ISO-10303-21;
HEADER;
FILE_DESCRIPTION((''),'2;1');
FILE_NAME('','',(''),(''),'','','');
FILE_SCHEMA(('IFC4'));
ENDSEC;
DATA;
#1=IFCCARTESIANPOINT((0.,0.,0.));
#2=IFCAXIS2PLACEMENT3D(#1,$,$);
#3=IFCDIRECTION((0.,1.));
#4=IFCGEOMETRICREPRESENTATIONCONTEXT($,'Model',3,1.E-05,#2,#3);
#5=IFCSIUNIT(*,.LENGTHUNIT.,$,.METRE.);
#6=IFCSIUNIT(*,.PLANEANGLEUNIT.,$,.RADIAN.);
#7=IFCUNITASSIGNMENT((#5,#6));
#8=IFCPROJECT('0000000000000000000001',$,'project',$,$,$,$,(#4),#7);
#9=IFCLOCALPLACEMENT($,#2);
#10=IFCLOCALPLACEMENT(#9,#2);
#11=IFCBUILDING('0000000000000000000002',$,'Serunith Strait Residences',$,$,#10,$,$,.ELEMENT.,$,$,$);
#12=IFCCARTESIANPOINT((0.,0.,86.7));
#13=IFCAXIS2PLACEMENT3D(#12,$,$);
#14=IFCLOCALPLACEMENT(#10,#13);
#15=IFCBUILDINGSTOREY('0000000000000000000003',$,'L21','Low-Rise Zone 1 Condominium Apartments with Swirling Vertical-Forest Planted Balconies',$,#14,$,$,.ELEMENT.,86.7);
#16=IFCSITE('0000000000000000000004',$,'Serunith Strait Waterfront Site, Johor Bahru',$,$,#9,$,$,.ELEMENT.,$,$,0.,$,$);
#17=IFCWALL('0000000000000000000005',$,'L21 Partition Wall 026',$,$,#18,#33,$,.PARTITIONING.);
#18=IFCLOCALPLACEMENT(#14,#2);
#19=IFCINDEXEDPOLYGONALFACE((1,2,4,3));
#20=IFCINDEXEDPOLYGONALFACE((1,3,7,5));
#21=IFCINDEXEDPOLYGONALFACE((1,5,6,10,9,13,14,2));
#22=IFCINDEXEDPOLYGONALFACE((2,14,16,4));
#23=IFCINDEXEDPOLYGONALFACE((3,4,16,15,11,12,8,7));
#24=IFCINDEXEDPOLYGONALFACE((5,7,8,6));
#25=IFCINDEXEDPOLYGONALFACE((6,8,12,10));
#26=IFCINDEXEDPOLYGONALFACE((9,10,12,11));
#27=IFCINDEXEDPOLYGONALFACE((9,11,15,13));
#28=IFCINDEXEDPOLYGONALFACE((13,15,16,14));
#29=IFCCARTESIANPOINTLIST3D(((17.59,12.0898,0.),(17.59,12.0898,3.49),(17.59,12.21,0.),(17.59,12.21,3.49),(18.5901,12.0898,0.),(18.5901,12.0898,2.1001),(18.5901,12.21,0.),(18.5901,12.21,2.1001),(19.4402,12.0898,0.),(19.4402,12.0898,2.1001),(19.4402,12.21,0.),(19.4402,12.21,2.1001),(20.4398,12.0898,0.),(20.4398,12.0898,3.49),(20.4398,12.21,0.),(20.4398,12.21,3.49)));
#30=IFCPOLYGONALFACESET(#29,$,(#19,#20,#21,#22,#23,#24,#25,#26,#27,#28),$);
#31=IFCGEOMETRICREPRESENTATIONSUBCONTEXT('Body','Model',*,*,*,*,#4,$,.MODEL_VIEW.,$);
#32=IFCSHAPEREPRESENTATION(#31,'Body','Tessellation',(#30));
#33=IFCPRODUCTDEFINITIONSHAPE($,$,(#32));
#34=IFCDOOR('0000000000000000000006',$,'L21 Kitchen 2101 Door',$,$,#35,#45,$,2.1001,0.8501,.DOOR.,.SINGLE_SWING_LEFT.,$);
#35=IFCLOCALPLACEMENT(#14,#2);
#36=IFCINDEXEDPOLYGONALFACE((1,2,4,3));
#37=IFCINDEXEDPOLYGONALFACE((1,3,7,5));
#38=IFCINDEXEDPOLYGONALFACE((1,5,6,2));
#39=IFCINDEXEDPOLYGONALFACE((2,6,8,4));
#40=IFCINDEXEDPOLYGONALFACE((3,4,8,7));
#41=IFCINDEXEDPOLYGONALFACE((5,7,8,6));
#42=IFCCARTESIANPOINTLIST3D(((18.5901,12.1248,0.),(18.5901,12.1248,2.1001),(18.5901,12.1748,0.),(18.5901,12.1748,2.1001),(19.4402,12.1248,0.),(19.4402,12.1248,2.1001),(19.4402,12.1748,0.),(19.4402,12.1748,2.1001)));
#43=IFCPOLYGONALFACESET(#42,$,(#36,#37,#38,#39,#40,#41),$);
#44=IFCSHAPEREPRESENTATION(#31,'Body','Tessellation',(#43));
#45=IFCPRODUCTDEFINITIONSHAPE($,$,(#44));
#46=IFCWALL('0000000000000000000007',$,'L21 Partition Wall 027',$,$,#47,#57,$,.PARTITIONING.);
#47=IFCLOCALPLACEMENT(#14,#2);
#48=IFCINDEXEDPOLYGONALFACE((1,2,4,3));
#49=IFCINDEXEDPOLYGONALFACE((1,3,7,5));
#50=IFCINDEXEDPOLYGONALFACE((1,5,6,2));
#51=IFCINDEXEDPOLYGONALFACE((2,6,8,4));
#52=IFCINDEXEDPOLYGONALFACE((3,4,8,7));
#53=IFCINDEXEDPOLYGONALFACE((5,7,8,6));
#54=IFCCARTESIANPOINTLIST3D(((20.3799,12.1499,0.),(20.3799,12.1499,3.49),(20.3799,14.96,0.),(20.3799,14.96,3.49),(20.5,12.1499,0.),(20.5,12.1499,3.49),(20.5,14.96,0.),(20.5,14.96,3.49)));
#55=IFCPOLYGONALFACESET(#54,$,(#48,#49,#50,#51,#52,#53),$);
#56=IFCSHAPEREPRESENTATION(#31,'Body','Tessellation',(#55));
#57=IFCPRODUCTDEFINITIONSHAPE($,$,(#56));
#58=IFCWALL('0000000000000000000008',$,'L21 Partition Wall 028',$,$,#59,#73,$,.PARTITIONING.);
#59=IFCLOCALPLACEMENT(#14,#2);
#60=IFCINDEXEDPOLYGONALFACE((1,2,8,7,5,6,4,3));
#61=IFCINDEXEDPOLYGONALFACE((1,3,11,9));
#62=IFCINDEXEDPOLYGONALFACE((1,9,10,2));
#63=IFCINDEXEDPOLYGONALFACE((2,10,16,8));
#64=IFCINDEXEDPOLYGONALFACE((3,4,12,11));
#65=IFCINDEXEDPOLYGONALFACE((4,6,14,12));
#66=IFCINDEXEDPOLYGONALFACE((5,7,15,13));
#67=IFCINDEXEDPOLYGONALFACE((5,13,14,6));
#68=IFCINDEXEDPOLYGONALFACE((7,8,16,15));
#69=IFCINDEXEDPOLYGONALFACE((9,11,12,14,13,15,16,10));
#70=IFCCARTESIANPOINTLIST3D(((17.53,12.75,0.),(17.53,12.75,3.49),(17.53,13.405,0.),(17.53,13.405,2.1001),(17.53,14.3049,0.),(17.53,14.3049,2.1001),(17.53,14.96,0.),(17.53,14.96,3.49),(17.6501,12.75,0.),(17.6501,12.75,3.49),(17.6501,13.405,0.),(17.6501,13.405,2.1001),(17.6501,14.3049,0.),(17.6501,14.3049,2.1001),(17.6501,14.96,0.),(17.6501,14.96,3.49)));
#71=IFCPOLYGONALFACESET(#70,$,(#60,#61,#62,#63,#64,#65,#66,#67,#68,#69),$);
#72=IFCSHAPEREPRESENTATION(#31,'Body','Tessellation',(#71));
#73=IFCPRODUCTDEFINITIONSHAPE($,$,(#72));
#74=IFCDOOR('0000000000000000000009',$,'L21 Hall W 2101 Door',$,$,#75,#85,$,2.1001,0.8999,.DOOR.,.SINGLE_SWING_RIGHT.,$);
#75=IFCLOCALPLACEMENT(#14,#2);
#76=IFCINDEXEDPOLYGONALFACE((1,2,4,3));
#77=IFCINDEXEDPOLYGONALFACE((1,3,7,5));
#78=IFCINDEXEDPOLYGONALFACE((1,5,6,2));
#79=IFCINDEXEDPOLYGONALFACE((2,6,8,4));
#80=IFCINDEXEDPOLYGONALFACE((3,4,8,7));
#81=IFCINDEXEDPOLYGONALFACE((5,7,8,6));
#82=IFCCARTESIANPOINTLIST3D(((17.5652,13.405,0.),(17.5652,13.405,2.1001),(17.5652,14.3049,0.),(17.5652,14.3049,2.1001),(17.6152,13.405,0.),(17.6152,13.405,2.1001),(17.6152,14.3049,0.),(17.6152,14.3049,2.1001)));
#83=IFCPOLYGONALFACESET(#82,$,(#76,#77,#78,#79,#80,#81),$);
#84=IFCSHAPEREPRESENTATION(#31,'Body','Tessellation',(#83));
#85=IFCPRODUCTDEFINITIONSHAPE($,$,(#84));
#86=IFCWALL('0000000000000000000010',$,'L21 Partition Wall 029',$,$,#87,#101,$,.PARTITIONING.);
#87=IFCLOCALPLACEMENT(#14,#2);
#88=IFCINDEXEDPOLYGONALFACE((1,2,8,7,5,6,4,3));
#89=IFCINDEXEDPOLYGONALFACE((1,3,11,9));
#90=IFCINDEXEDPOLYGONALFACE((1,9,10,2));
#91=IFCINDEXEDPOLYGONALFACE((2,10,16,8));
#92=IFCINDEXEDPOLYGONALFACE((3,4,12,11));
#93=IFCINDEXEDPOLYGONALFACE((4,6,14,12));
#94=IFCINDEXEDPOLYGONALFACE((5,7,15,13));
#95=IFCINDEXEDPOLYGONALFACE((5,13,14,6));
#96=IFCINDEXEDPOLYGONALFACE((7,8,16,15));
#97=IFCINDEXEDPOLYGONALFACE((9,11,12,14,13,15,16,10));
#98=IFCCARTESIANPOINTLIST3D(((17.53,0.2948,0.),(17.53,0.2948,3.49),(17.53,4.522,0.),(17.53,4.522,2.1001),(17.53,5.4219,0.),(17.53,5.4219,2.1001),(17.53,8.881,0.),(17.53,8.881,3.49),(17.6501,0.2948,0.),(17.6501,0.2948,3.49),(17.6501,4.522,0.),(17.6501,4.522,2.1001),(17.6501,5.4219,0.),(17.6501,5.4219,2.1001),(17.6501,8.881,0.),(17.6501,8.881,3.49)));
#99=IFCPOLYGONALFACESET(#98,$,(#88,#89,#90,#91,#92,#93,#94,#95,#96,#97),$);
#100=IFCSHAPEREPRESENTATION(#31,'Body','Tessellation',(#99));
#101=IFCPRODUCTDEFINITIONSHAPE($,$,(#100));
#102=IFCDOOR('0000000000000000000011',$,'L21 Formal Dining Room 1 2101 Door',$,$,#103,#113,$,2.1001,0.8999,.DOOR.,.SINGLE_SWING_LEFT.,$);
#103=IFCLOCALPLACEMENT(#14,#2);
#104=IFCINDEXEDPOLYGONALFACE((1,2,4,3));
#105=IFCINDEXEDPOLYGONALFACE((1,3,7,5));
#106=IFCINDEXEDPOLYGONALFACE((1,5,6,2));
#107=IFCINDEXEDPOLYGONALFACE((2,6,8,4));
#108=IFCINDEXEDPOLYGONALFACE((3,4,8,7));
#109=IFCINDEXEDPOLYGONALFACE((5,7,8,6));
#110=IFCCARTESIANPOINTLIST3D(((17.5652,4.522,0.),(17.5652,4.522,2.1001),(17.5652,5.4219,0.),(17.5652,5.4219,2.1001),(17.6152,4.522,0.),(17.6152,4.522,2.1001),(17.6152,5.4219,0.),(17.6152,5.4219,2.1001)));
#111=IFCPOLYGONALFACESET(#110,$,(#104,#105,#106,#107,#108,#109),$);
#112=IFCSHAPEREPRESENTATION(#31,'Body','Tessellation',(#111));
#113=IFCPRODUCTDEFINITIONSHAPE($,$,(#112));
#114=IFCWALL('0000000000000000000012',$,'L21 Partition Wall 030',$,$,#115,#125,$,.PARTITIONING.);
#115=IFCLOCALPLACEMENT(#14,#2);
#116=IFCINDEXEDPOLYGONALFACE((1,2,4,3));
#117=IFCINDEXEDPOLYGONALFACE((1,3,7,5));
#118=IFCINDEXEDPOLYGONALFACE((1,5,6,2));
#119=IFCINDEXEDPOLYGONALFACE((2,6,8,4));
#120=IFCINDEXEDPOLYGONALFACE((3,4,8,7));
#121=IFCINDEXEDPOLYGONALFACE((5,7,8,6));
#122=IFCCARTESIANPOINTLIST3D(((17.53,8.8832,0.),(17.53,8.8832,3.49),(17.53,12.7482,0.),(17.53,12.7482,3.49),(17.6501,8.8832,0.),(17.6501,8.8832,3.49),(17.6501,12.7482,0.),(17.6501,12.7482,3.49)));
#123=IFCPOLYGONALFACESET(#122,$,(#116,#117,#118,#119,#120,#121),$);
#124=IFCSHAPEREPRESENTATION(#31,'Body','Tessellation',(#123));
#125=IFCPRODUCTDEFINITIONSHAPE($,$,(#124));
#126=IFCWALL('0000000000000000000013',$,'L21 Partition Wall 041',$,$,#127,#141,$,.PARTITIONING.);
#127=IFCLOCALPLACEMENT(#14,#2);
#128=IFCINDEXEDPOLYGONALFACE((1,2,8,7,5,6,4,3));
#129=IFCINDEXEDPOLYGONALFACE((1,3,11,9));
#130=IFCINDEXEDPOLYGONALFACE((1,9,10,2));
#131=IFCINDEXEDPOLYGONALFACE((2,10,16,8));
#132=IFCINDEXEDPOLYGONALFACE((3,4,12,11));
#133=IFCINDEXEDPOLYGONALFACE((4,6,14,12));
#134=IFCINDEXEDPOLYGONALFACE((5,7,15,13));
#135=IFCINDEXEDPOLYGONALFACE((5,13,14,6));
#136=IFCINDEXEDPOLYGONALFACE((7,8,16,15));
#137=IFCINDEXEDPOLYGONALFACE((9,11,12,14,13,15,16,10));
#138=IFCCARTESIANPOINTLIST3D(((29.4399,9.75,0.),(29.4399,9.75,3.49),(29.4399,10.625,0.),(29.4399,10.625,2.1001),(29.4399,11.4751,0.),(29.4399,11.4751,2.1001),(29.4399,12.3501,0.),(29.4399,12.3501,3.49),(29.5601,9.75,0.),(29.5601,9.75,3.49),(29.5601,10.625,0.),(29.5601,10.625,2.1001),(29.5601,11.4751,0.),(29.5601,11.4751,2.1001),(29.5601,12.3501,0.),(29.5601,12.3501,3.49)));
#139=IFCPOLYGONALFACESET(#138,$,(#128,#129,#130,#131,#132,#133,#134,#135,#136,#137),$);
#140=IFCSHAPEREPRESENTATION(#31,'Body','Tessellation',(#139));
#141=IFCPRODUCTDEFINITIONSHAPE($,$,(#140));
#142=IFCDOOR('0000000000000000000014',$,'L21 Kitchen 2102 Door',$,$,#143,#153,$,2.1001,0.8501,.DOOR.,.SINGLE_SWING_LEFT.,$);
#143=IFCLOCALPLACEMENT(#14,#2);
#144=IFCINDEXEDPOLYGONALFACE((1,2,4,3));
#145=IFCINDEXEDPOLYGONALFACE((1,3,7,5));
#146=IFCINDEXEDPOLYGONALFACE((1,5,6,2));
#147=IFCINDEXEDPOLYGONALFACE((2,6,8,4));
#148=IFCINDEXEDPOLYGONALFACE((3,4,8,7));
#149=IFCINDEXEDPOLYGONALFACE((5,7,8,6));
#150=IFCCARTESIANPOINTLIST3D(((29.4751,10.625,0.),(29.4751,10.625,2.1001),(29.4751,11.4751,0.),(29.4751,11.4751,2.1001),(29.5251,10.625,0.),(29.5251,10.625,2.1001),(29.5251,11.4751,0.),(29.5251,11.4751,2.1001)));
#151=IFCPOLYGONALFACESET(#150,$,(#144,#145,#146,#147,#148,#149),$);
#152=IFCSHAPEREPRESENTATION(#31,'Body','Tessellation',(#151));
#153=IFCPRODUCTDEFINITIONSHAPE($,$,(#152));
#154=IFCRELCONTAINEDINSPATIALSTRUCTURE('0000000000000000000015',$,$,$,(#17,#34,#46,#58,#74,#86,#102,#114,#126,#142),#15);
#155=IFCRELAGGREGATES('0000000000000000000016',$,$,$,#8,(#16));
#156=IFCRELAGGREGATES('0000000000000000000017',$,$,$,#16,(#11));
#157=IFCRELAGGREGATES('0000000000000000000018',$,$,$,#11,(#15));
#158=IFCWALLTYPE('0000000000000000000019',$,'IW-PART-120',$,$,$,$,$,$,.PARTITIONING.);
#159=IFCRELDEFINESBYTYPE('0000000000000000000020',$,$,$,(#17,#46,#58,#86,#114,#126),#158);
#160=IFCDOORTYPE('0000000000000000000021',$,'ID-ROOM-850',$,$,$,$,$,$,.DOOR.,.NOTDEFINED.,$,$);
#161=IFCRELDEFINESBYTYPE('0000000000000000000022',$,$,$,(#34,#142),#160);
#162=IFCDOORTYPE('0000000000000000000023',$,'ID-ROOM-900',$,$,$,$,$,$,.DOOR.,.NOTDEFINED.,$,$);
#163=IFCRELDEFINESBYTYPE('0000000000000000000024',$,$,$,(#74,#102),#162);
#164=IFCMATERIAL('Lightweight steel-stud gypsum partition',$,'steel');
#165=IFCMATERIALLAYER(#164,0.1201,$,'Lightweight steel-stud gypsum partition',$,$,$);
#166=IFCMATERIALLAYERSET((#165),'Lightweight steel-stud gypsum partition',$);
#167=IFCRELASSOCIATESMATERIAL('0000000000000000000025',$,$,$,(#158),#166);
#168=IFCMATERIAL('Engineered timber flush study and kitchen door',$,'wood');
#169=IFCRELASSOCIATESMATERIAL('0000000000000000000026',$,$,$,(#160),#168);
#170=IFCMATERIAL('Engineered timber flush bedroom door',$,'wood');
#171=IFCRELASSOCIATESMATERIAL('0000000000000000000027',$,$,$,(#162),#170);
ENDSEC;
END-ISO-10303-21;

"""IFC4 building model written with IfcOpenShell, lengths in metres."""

from ifc_helpers import new_model, si_unit, direction, frame, frame_2d, origin, place, context, subcontext, project, spatial, rectangle, extrude, source, transform, mapped, material, layer, layer_set, type_object, element, fill, save


model = new_model("IFC4")

# Units and contexts
model_context = context("Model", 3, precision=1e-05, world=origin(), true_north=direction((0.0, 1.0)))
body_context = subcontext(model_context, "Body", "Model", "MODEL_VIEW")
ifc_project = project(units=[si_unit("LENGTHUNIT", "METRE"), si_unit("PLANEANGLEUNIT", "RADIAN")], contexts=[model_context])

# Site, building, storey
site_placement = place(None, origin())
site = spatial("IfcSite", under=ifc_project, at=site_placement, Name="Serunith Strait Waterfront Site, Johor Bahru", CompositionType="ELEMENT", RefElevation=0.0)
building_placement = place(site_placement, origin())
building = spatial("IfcBuilding", under=site, at=building_placement, Name="Serunith Strait Residences", CompositionType="ELEMENT")
storey_placement = place(building_placement, frame((0.0, 0.0, 86.7)))
storey = spatial("IfcBuildingStorey", under=building, at=storey_placement, Name="L21", Description="Low-Rise Zone 1 Condominium Apartments with Swirling Vertical-Forest Planted Balconies", CompositionType="ELEMENT", Elevation=86.7)

# Wall, opening, door
ifc_material_1 = material(Name="Lightweight steel-stud gypsum partition", Category="steel")
ifc_layer_1 = layer(ifc_material_1, 0.1201, Name="Lightweight steel-stud gypsum partition")
ifc_layer_set_1 = layer_set([ifc_layer_1], Name="Lightweight steel-stud gypsum partition")
wall_type_1 = type_object("IfcWallType", Name="IW-PART-120", PredefinedType="PARTITIONING", material=ifc_layer_set_1)
wall_1_placement = place(storey_placement, frame((17.5901, 12.1499, 0.0), z_axis=(0.0, 0.0, 1.0), x_axis=(1.0, 0.0, 0.0)))
wall_1 = element("IfcWall", 1, at=wall_1_placement, inside=storey, type_object=wall_type_1, Name="L21 Partition Wall 026", PredefinedType="PARTITIONING", context=body_context, shape_type="SweptSolid", body=[
    extrude(rectangle(XDim=2.8499, YDim=0.1201, at=frame_2d((1.4248, 0.0))), origin(), (0.0, 0.0, 1.0), 3.49),
])
opening_1_placement = place(wall_1_placement, frame((1.0, 0.0, 0.0)))
opening_1 = element("IfcOpeningElement", 2, at=opening_1_placement, cuts=wall_1, PredefinedType="OPENING", context=body_context, shape_type="SweptSolid", body=[
    extrude(rectangle(XDim=0.8501, YDim=2.1001, at=frame_2d((0.425, 1.05))), frame((0.0, 0.0701, 0.0), z_axis=(0.0, -1.0, 0.0), x_axis=(1.0, 0.0, 0.0)), (0.0, 0.0, 1.0), 0.1401),
])
ifc_material_2 = material(Name="Engineered timber flush study and kitchen door", Category="wood")
door_type_1 = type_object("IfcDoorType", Name="ID-ROOM-850", OperationType="NOTDEFINED", PredefinedType="DOOR", material=ifc_material_2)
shared_shape_1 = source(origin(), body_context, "Body", "SweptSolid", [
    extrude(rectangle(XDim=0.8501, YDim=2.1001, at=frame_2d((0.425, 1.05))), frame((0.0, 0.0249, 0.0), z_axis=(0.0, -1.0, 0.0), x_axis=(1.0, 0.0, 0.0)), (0.0, 0.0, 1.0), 0.05),
])
door_1_placement = place(opening_1_placement, origin())
door_1 = element("IfcDoor", 3, at=door_1_placement, inside=storey, type_object=door_type_1, Name="L21 Kitchen 2101 Door", OperationType="SINGLE_SWING_LEFT", OverallHeight=2.1001, OverallWidth=0.8501, PredefinedType="DOOR", context=body_context, shape_type="MappedRepresentation", body=[
    mapped(shared_shape_1, transform((0.0, 0.0, 0.0), scale=1.0)),
])
fill(opening_1, door_1)

# Wall
wall_2_placement = place(storey_placement, frame((20.4399, 12.1499, 0.0), z_axis=(0.0, 0.0, 1.0), x_axis=(0.0, 1.0, 0.0)))
element("IfcWall", 4, at=wall_2_placement, inside=storey, type_object=wall_type_1, Name="L21 Partition Wall 027", PredefinedType="PARTITIONING", context=body_context, shape_type="SweptSolid", body=[
    extrude(rectangle(XDim=2.8101, YDim=0.1201, at=frame_2d((1.405, 0.0))), origin(), (0.0, 0.0, 1.0), 3.49),
])

# Walls, openings, doors
wall_3_placement = place(storey_placement, frame((17.5901, 12.75, 0.0), z_axis=(0.0, 0.0, 1.0), x_axis=(0.0, 1.0, 0.0)))
wall_3 = element("IfcWall", 5, at=wall_3_placement, inside=storey, type_object=wall_type_1, Name="L21 Partition Wall 028", PredefinedType="PARTITIONING", context=body_context, shape_type="SweptSolid", body=[
    extrude(rectangle(XDim=2.21, YDim=0.1201, at=frame_2d((1.105, 0.0))), origin(), (0.0, 0.0, 1.0), 3.49),
])
opening_2_placement = place(wall_3_placement, frame((0.655, 0.0, 0.0)))
opening_2 = element("IfcOpeningElement", 6, at=opening_2_placement, cuts=wall_3, PredefinedType="OPENING", context=body_context, shape_type="SweptSolid", body=[
    extrude(rectangle(XDim=0.8999, YDim=2.1001, at=frame_2d((0.45, 1.05))), frame((0.0, 0.0701, 0.0), z_axis=(0.0, -1.0, 0.0), x_axis=(1.0, 0.0, 0.0)), (0.0, 0.0, 1.0), 0.1401),
])
ifc_material_3 = material(Name="Engineered timber flush bedroom door", Category="wood")
door_type_2 = type_object("IfcDoorType", Name="ID-ROOM-900", OperationType="NOTDEFINED", PredefinedType="DOOR", material=ifc_material_3)
shared_shape_2 = source(origin(), body_context, "Body", "SweptSolid", [
    extrude(rectangle(XDim=0.8999, YDim=2.1001, at=frame_2d((0.45, 1.05))), frame((0.0, 0.0249, 0.0), z_axis=(0.0, -1.0, 0.0), x_axis=(1.0, 0.0, 0.0)), (0.0, 0.0, 1.0), 0.05),
])
door_2_placement = place(opening_2_placement, origin())
door_2 = element("IfcDoor", 7, at=door_2_placement, inside=storey, type_object=door_type_2, Name="L21 Hall W 2101 Door", OperationType="SINGLE_SWING_RIGHT", OverallHeight=2.1001, OverallWidth=0.8999, PredefinedType="DOOR", context=body_context, shape_type="MappedRepresentation", body=[
    mapped(shared_shape_2, transform((0.0, 0.0, 0.0), scale=1.0)),
])
fill(opening_2, door_2)
wall_4_placement = place(storey_placement, frame((17.5901, 0.2949, 0.0), z_axis=(0.0, 0.0, 1.0), x_axis=(0.0, 1.0, 0.0)))
wall_4 = element("IfcWall", 8, at=wall_4_placement, inside=storey, type_object=wall_type_1, Name="L21 Partition Wall 029", PredefinedType="PARTITIONING", context=body_context, shape_type="SweptSolid", body=[
    extrude(rectangle(XDim=8.5862, YDim=0.1201, at=frame_2d((4.293, 0.0))), origin(), (0.0, 0.0, 1.0), 3.49),
])
opening_3_placement = place(wall_4_placement, frame((4.2271, 0.0, 0.0)))
opening_3 = element("IfcOpeningElement", 9, at=opening_3_placement, cuts=wall_4, PredefinedType="OPENING", context=body_context, shape_type="SweptSolid", body=[
    extrude(rectangle(XDim=0.8999, YDim=2.1001, at=frame_2d((0.45, 1.05))), frame((0.0, 0.0701, 0.0), z_axis=(0.0, -1.0, 0.0), x_axis=(1.0, 0.0, 0.0)), (0.0, 0.0, 1.0), 0.1401),
])
door_3_placement = place(opening_3_placement, origin())
door_3 = element("IfcDoor", 10, at=door_3_placement, inside=storey, type_object=door_type_2, Name="L21 Formal Dining Room 1 2101 Door", OperationType="SINGLE_SWING_LEFT", OverallHeight=2.1001, OverallWidth=0.8999, PredefinedType="DOOR", context=body_context, shape_type="MappedRepresentation", body=[
    mapped(shared_shape_2, transform((0.0, 0.0, 0.0), scale=1.0)),
])
fill(opening_3, door_3)

# Wall
wall_5_placement = place(storey_placement, frame((17.5901, 8.8831, 0.0), z_axis=(0.0, 0.0, 1.0), x_axis=(0.0, 1.0, 0.0)))
element("IfcWall", 11, at=wall_5_placement, inside=storey, type_object=wall_type_1, Name="L21 Partition Wall 030", PredefinedType="PARTITIONING", context=body_context, shape_type="SweptSolid", body=[
    extrude(rectangle(XDim=3.865, YDim=0.1201, at=frame_2d((1.9326, 0.0))), origin(), (0.0, 0.0, 1.0), 3.49),
])

# Wall, opening, door
wall_6_placement = place(storey_placement, frame((29.5, 9.75, 0.0), z_axis=(0.0, 0.0, 1.0), x_axis=(0.0, 1.0, 0.0)))
wall_6 = element("IfcWall", 12, at=wall_6_placement, inside=storey, type_object=wall_type_1, Name="L21 Partition Wall 041", PredefinedType="PARTITIONING", context=body_context, shape_type="SweptSolid", body=[
    extrude(rectangle(XDim=2.6001, YDim=0.1201, at=frame_2d((1.3, 0.0))), origin(), (0.0, 0.0, 1.0), 3.49),
])
opening_4_placement = place(wall_6_placement, frame((0.875, 0.0, 0.0)))
opening_4 = element("IfcOpeningElement", 13, at=opening_4_placement, cuts=wall_6, PredefinedType="OPENING", context=body_context, shape_type="SweptSolid", body=[
    extrude(rectangle(XDim=0.8501, YDim=2.1001, at=frame_2d((0.425, 1.05))), frame((0.0, 0.0701, 0.0), z_axis=(0.0, -1.0, 0.0), x_axis=(1.0, 0.0, 0.0)), (0.0, 0.0, 1.0), 0.1401),
])
door_4_placement = place(opening_4_placement, origin())
door_4 = element("IfcDoor", 14, at=door_4_placement, inside=storey, type_object=door_type_1, Name="L21 Kitchen 2102 Door", OperationType="SINGLE_SWING_LEFT", OverallHeight=2.1001, OverallWidth=0.8501, PredefinedType="DOOR", context=body_context, shape_type="MappedRepresentation", body=[
    mapped(shared_shape_1, transform((0.0, 0.0, 0.0), scale=1.0)),
])
fill(opening_4, door_4)

save(model, "model.ifc")
